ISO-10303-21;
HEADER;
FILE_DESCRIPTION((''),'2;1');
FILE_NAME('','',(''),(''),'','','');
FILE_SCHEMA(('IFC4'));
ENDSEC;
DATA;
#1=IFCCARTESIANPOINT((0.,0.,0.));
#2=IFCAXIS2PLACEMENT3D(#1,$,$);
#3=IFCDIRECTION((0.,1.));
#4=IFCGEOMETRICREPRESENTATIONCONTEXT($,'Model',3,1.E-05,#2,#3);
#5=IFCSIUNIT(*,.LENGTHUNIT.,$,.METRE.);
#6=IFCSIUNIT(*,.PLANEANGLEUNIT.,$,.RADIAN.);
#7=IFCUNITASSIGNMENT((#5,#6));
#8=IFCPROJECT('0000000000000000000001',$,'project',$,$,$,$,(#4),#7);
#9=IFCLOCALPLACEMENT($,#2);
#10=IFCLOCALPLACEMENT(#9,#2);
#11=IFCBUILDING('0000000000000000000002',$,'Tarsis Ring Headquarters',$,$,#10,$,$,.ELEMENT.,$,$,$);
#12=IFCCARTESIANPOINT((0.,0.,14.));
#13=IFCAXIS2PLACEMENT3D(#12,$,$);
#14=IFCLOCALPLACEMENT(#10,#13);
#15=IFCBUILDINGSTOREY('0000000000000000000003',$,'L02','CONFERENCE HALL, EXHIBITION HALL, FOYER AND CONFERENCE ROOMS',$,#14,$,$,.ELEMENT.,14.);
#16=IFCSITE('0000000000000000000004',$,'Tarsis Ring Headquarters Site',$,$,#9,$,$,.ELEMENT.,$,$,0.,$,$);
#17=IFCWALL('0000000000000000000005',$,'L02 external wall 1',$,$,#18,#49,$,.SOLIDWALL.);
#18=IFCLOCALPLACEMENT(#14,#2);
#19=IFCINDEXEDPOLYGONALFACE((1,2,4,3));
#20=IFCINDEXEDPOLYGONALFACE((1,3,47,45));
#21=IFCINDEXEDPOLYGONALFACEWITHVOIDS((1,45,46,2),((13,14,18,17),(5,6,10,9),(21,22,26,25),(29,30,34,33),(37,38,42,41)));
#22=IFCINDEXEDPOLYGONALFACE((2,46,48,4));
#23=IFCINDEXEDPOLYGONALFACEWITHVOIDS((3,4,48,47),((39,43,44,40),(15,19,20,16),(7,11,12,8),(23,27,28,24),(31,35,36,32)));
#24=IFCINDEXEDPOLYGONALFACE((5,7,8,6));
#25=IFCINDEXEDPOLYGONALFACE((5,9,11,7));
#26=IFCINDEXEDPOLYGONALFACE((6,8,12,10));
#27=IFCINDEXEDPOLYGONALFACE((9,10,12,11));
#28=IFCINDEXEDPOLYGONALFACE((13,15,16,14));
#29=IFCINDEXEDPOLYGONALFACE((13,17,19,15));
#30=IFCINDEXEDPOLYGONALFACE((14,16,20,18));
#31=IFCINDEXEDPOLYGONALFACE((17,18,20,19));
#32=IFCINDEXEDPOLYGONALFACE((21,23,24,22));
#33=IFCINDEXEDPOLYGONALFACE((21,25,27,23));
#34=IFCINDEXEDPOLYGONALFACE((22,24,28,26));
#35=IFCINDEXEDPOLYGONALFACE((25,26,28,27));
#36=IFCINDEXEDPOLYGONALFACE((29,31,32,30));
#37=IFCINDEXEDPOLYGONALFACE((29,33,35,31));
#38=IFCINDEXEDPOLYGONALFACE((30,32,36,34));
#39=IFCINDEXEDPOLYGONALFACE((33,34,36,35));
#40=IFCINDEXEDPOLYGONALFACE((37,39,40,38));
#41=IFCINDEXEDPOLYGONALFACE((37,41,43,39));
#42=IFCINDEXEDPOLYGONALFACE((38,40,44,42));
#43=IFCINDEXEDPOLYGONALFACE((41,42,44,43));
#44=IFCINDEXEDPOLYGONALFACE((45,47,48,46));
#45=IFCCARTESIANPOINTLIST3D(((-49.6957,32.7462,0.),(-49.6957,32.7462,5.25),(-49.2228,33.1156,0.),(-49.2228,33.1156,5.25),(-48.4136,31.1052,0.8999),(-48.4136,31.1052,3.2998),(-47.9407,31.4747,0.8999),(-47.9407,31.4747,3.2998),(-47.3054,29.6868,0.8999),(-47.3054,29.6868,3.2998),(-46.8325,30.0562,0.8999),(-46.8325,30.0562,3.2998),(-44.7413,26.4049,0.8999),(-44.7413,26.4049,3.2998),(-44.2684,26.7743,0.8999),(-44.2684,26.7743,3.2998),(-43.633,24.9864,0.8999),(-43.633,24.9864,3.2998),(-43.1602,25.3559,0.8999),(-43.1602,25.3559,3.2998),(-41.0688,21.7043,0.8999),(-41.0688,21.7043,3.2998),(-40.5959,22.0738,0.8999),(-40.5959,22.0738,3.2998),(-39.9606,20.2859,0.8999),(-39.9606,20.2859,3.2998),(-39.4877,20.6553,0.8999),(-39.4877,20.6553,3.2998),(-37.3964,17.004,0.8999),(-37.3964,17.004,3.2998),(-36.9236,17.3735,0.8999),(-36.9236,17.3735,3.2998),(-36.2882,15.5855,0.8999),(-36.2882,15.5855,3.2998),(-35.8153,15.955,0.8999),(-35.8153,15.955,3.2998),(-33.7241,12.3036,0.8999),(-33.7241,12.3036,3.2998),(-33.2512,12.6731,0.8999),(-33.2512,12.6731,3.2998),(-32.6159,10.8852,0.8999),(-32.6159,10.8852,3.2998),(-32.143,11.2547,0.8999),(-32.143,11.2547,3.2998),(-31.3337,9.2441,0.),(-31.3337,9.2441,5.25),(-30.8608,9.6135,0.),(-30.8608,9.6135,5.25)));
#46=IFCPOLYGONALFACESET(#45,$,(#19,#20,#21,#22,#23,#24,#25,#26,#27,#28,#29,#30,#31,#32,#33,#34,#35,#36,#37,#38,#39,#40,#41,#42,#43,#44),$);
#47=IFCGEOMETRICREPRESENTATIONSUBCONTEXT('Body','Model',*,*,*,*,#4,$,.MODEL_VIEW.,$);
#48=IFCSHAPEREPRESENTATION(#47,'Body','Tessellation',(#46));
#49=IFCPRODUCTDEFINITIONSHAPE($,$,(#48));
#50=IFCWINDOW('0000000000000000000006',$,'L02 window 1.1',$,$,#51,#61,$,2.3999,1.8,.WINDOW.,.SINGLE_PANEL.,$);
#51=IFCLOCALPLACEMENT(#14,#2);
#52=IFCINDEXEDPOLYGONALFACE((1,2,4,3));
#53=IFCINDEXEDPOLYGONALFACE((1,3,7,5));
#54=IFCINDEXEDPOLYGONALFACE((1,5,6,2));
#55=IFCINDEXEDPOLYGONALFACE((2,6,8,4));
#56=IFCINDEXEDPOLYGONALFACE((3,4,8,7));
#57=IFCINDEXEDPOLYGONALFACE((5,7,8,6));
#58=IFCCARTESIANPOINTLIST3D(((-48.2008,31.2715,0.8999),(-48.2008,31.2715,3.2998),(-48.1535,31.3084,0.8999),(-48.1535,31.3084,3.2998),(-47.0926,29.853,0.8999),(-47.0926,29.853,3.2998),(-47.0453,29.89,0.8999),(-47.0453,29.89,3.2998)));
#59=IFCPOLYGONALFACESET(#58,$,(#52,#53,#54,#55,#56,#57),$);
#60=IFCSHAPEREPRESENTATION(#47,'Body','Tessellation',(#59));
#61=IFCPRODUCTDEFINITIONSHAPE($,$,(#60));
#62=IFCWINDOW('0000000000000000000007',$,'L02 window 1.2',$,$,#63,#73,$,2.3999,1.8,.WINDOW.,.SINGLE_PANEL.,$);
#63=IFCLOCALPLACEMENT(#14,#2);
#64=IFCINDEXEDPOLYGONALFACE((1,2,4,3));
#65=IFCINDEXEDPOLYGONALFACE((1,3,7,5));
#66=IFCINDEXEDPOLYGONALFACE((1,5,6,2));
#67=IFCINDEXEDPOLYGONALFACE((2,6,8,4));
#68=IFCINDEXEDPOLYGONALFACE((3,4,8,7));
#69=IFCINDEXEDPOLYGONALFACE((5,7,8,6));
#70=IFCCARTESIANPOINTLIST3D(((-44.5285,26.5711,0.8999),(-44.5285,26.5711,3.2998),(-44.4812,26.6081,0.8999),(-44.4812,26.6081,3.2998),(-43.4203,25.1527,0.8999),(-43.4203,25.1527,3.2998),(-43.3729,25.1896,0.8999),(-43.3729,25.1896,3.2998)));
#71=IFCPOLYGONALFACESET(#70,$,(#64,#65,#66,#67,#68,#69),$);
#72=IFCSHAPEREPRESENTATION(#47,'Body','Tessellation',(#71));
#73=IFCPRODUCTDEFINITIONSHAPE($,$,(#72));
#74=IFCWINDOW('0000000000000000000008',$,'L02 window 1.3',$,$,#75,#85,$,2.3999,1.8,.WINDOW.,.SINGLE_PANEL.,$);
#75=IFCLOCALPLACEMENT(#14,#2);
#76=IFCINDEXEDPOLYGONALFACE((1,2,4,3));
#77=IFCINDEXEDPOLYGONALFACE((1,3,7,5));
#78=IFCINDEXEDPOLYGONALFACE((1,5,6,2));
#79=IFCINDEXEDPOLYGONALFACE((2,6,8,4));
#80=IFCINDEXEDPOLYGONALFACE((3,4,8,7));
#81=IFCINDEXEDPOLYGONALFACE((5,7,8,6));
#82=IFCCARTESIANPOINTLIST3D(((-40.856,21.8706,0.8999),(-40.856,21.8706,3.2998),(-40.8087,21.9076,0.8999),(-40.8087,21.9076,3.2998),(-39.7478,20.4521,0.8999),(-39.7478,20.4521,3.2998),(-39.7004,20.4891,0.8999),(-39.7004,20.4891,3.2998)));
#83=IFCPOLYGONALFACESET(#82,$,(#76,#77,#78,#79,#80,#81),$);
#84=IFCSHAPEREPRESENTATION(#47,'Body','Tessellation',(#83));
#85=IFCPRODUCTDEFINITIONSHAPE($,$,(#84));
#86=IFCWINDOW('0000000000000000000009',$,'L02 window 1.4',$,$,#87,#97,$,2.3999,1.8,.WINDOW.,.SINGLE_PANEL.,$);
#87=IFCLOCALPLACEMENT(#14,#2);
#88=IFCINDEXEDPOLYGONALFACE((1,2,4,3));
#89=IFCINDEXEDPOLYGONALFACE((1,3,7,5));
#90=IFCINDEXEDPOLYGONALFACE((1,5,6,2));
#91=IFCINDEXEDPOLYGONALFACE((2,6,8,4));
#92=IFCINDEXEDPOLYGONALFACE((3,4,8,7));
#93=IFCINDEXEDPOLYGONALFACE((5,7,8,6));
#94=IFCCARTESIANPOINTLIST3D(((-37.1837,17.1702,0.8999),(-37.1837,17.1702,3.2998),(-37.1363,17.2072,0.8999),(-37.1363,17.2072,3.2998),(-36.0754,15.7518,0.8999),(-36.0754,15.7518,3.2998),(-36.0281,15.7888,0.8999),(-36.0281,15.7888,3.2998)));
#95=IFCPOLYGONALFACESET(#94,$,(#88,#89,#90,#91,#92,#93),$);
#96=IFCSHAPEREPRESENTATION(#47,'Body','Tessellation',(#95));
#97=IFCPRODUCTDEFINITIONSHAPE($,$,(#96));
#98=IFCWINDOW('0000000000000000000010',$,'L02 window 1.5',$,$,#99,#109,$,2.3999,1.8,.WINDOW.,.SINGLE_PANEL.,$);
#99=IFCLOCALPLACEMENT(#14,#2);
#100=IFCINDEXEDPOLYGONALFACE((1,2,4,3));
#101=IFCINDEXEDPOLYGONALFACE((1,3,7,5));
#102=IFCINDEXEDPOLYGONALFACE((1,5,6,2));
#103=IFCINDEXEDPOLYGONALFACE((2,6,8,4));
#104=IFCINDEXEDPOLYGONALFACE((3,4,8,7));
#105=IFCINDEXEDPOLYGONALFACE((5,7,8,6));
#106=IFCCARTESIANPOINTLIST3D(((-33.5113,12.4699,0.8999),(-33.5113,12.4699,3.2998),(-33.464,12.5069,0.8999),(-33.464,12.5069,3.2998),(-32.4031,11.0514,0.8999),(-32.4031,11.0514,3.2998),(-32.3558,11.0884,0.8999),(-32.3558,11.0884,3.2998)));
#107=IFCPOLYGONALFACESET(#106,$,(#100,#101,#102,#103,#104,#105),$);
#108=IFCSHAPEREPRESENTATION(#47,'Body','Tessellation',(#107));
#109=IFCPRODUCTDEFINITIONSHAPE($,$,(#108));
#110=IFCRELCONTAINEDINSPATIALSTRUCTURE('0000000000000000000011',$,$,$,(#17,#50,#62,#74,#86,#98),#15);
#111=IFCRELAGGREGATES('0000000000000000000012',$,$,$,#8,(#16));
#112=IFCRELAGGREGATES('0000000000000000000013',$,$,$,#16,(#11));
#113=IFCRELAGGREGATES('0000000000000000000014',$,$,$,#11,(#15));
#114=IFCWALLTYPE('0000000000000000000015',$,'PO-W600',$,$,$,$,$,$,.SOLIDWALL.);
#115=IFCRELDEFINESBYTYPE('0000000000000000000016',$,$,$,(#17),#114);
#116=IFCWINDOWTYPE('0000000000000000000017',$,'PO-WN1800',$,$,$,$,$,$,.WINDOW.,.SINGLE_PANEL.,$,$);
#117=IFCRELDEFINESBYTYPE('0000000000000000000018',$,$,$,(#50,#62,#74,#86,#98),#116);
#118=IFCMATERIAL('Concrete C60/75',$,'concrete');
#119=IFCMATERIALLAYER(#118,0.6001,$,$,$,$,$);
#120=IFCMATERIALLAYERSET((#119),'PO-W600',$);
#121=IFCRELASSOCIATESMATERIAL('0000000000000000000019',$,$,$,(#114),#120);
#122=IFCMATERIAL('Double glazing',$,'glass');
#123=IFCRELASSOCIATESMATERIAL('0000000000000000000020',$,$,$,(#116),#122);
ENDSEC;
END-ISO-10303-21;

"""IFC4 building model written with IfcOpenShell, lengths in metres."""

from ifc_helpers import new_model, si_unit, direction, frame, frame_2d, origin, place, context, subcontext, project, spatial, rectangle, extrude, material, layer, layer_set, type_object, element, fill, save


model = new_model("IFC4")

# Units and contexts
model_context = context("Model", 3, precision=1e-05, world=origin(), true_north=direction((0.0, 1.0)))
body_context = subcontext(model_context, "Body", "Model", "MODEL_VIEW")
ifc_project = project(units=[si_unit("LENGTHUNIT", "METRE"), si_unit("PLANEANGLEUNIT", "RADIAN")], contexts=[model_context])

# Site, building, storey
site_placement = place(None, origin())
site = spatial("IfcSite", under=ifc_project, at=site_placement, Name="Tarsis Ring Headquarters Site", CompositionType="ELEMENT", RefElevation=0.0)
building_placement = place(site_placement, origin())
building = spatial("IfcBuilding", under=site, at=building_placement, Name="Tarsis Ring Headquarters", CompositionType="ELEMENT")
storey_placement = place(building_placement, frame((0.0, 0.0, 14.0)))
storey = spatial("IfcBuildingStorey", under=building, at=storey_placement, Name="L02", Description="CONFERENCE HALL, EXHIBITION HALL, FOYER AND CONFERENCE ROOMS", CompositionType="ELEMENT", Elevation=14.0)

# Shared definitions
ifc_material_1 = material(Name="Concrete C60/75", Category="concrete")

# Wall, openings, windows
ifc_layer_1 = layer(ifc_material_1, 0.6001)
ifc_layer_set_1 = layer_set([ifc_layer_1], Name="PO-W600")
wall_type_1 = type_object("IfcWallType", Name="PO-W600", PredefinedType="SOLIDWALL", material=ifc_layer_set_1)
wall_1_placement = place(storey_placement, frame((-49.4592, 32.9309, 0.0), z_axis=(0.0, 0.0, 1.0), x_axis=(0.615664, -0.788009, 0.0)))
wall_1 = element("IfcWall", 1, at=wall_1_placement, inside=storey, type_object=wall_type_1, Name="L02 external wall 1", PredefinedType="SOLIDWALL", context=body_context, shape_type="SweptSolid", body=[
    extrude(rectangle(XDim=29.8247, YDim=0.6001, at=frame_2d((14.9124, 0.0))), origin(), (0.0, 0.0, 1.0), 5.25),
])
opening_1_placement = place(wall_1_placement, frame((2.0825, 0.0, 0.8999)))
opening_1 = element("IfcOpeningElement", 2, at=opening_1_placement, cuts=wall_1, PredefinedType="OPENING", context=body_context, shape_type="SweptSolid", body=[
    extrude(rectangle(XDim=1.8, YDim=2.3999, at=frame_2d((0.8999, 1.2))), frame((0.0, 0.3101, 0.0), z_axis=(0.0, -1.0, 0.0), x_axis=(1.0, 0.0, 0.0)), (0.0, 0.0, 1.0), 0.6201),
])
opening_2_placement = place(wall_1_placement, frame((8.0474, 0.0, 0.8999)))
opening_2 = element("IfcOpeningElement", 3, at=opening_2_placement, cuts=wall_1, PredefinedType="OPENING", context=body_context, shape_type="SweptSolid", body=[
    extrude(rectangle(XDim=1.8, YDim=2.3999, at=frame_2d((0.8999, 1.2))), frame((0.0, 0.3101, 0.0), z_axis=(0.0, -1.0, 0.0), x_axis=(1.0, 0.0, 0.0)), (0.0, 0.0, 1.0), 0.6201),
])
opening_3_placement = place(wall_1_placement, frame((14.0125, 0.0, 0.8999)))
opening_3 = element("IfcOpeningElement", 4, at=opening_3_placement, cuts=wall_1, PredefinedType="OPENING", context=body_context, shape_type="SweptSolid", body=[
    extrude(rectangle(XDim=1.8, YDim=2.3999, at=frame_2d((0.8999, 1.2))), frame((0.0, 0.3101, 0.0), z_axis=(0.0, -1.0, 0.0), x_axis=(1.0, 0.0, 0.0)), (0.0, 0.0, 1.0), 0.6201),
])
opening_4_placement = place(wall_1_placement, frame((19.9773, 0.0, 0.8999)))
opening_4 = element("IfcOpeningElement", 5, at=opening_4_placement, cuts=wall_1, PredefinedType="OPENING", context=body_context, shape_type="SweptSolid", body=[
    extrude(rectangle(XDim=1.8, YDim=2.3999, at=frame_2d((0.8999, 1.2))), frame((0.0, 0.3101, 0.0), z_axis=(0.0, -1.0, 0.0), x_axis=(1.0, 0.0, 0.0)), (0.0, 0.0, 1.0), 0.6201),
])
opening_5_placement = place(wall_1_placement, frame((25.9421, 0.0, 0.8999)))
opening_5 = element("IfcOpeningElement", 6, at=opening_5_placement, cuts=wall_1, PredefinedType="OPENING", context=body_context, shape_type="SweptSolid", body=[
    extrude(rectangle(XDim=1.8, YDim=2.3999, at=frame_2d((0.8999, 1.2))), frame((0.0, 0.3101, 0.0), z_axis=(0.0, -1.0, 0.0), x_axis=(1.0, 0.0, 0.0)), (0.0, 0.0, 1.0), 0.6201),
])
ifc_material_2 = material(Name="Double glazing", Category="glass")
window_type = type_object("IfcWindowType", Name="PO-WN1800", PartitioningType="SINGLE_PANEL", PredefinedType="WINDOW", material=ifc_material_2)
window_1_placement = place(opening_1_placement, origin())
window_1 = element("IfcWindow", 7, at=window_1_placement, inside=storey, type_object=window_type, Name="L02 window 1.1", OverallHeight=2.3999, OverallWidth=1.8, PartitioningType="SINGLE_PANEL", PredefinedType="WINDOW", context=body_context, shape_type="SweptSolid", body=[
    extrude(rectangle(XDim=1.8, YDim=2.3999, at=frame_2d((0.8999, 1.2))), frame((0.0, 0.03, 0.0), z_axis=(0.0, -1.0, 0.0), x_axis=(1.0, 0.0, 0.0)), (0.0, 0.0, 1.0), 0.0601),
])
fill(opening_1, window_1)
window_2_placement = place(opening_2_placement, origin())
window_2 = element("IfcWindow", 8, at=window_2_placement, inside=storey, type_object=window_type, Name="L02 window 1.2", OverallHeight=2.3999, OverallWidth=1.8, PartitioningType="SINGLE_PANEL", PredefinedType="WINDOW", context=body_context, shape_type="SweptSolid", body=[
    extrude(rectangle(XDim=1.8, YDim=2.3999, at=frame_2d((0.8999, 1.2))), frame((0.0, 0.03, 0.0), z_axis=(0.0, -1.0, 0.0), x_axis=(1.0, 0.0, 0.0)), (0.0, 0.0, 1.0), 0.0601),
])
fill(opening_2, window_2)
window_3_placement = place(opening_3_placement, origin())
window_3 = element("IfcWindow", 9, at=window_3_placement, inside=storey, type_object=window_type, Name="L02 window 1.3", OverallHeight=2.3999, OverallWidth=1.8, PartitioningType="SINGLE_PANEL", PredefinedType="WINDOW", context=body_context, shape_type="SweptSolid", body=[
    extrude(rectangle(XDim=1.8, YDim=2.3999, at=frame_2d((0.8999, 1.2))), frame((0.0, 0.03, 0.0), z_axis=(0.0, -1.0, 0.0), x_axis=(1.0, 0.0, 0.0)), (0.0, 0.0, 1.0), 0.0601),
])
fill(opening_3, window_3)
window_4_placement = place(opening_4_placement, origin())
window_4 = element("IfcWindow", 10, at=window_4_placement, inside=storey, type_object=window_type, Name="L02 window 1.4", OverallHeight=2.3999, OverallWidth=1.8, PartitioningType="SINGLE_PANEL", PredefinedType="WINDOW", context=body_context, shape_type="SweptSolid", body=[
    extrude(rectangle(XDim=1.8, YDim=2.3999, at=frame_2d((0.8999, 1.2))), frame((0.0, 0.03, 0.0), z_axis=(0.0, -1.0, 0.0), x_axis=(1.0, 0.0, 0.0)), (0.0, 0.0, 1.0), 0.0601),
])
fill(opening_4, window_4)
window_5_placement = place(opening_5_placement, origin())
window_5 = element("IfcWindow", 11, at=window_5_placement, inside=storey, type_object=window_type, Name="L02 window 1.5", OverallHeight=2.3999, OverallWidth=1.8, PartitioningType="SINGLE_PANEL", PredefinedType="WINDOW", context=body_context, shape_type="SweptSolid", body=[
    extrude(rectangle(XDim=1.8, YDim=2.3999, at=frame_2d((0.8999, 1.2))), frame((0.0, 0.03, 0.0), z_axis=(0.0, -1.0, 0.0), x_axis=(1.0, 0.0, 0.0)), (0.0, 0.0, 1.0), 0.0601),
])
fill(opening_5, window_5)

save(model, "model.ifc")
